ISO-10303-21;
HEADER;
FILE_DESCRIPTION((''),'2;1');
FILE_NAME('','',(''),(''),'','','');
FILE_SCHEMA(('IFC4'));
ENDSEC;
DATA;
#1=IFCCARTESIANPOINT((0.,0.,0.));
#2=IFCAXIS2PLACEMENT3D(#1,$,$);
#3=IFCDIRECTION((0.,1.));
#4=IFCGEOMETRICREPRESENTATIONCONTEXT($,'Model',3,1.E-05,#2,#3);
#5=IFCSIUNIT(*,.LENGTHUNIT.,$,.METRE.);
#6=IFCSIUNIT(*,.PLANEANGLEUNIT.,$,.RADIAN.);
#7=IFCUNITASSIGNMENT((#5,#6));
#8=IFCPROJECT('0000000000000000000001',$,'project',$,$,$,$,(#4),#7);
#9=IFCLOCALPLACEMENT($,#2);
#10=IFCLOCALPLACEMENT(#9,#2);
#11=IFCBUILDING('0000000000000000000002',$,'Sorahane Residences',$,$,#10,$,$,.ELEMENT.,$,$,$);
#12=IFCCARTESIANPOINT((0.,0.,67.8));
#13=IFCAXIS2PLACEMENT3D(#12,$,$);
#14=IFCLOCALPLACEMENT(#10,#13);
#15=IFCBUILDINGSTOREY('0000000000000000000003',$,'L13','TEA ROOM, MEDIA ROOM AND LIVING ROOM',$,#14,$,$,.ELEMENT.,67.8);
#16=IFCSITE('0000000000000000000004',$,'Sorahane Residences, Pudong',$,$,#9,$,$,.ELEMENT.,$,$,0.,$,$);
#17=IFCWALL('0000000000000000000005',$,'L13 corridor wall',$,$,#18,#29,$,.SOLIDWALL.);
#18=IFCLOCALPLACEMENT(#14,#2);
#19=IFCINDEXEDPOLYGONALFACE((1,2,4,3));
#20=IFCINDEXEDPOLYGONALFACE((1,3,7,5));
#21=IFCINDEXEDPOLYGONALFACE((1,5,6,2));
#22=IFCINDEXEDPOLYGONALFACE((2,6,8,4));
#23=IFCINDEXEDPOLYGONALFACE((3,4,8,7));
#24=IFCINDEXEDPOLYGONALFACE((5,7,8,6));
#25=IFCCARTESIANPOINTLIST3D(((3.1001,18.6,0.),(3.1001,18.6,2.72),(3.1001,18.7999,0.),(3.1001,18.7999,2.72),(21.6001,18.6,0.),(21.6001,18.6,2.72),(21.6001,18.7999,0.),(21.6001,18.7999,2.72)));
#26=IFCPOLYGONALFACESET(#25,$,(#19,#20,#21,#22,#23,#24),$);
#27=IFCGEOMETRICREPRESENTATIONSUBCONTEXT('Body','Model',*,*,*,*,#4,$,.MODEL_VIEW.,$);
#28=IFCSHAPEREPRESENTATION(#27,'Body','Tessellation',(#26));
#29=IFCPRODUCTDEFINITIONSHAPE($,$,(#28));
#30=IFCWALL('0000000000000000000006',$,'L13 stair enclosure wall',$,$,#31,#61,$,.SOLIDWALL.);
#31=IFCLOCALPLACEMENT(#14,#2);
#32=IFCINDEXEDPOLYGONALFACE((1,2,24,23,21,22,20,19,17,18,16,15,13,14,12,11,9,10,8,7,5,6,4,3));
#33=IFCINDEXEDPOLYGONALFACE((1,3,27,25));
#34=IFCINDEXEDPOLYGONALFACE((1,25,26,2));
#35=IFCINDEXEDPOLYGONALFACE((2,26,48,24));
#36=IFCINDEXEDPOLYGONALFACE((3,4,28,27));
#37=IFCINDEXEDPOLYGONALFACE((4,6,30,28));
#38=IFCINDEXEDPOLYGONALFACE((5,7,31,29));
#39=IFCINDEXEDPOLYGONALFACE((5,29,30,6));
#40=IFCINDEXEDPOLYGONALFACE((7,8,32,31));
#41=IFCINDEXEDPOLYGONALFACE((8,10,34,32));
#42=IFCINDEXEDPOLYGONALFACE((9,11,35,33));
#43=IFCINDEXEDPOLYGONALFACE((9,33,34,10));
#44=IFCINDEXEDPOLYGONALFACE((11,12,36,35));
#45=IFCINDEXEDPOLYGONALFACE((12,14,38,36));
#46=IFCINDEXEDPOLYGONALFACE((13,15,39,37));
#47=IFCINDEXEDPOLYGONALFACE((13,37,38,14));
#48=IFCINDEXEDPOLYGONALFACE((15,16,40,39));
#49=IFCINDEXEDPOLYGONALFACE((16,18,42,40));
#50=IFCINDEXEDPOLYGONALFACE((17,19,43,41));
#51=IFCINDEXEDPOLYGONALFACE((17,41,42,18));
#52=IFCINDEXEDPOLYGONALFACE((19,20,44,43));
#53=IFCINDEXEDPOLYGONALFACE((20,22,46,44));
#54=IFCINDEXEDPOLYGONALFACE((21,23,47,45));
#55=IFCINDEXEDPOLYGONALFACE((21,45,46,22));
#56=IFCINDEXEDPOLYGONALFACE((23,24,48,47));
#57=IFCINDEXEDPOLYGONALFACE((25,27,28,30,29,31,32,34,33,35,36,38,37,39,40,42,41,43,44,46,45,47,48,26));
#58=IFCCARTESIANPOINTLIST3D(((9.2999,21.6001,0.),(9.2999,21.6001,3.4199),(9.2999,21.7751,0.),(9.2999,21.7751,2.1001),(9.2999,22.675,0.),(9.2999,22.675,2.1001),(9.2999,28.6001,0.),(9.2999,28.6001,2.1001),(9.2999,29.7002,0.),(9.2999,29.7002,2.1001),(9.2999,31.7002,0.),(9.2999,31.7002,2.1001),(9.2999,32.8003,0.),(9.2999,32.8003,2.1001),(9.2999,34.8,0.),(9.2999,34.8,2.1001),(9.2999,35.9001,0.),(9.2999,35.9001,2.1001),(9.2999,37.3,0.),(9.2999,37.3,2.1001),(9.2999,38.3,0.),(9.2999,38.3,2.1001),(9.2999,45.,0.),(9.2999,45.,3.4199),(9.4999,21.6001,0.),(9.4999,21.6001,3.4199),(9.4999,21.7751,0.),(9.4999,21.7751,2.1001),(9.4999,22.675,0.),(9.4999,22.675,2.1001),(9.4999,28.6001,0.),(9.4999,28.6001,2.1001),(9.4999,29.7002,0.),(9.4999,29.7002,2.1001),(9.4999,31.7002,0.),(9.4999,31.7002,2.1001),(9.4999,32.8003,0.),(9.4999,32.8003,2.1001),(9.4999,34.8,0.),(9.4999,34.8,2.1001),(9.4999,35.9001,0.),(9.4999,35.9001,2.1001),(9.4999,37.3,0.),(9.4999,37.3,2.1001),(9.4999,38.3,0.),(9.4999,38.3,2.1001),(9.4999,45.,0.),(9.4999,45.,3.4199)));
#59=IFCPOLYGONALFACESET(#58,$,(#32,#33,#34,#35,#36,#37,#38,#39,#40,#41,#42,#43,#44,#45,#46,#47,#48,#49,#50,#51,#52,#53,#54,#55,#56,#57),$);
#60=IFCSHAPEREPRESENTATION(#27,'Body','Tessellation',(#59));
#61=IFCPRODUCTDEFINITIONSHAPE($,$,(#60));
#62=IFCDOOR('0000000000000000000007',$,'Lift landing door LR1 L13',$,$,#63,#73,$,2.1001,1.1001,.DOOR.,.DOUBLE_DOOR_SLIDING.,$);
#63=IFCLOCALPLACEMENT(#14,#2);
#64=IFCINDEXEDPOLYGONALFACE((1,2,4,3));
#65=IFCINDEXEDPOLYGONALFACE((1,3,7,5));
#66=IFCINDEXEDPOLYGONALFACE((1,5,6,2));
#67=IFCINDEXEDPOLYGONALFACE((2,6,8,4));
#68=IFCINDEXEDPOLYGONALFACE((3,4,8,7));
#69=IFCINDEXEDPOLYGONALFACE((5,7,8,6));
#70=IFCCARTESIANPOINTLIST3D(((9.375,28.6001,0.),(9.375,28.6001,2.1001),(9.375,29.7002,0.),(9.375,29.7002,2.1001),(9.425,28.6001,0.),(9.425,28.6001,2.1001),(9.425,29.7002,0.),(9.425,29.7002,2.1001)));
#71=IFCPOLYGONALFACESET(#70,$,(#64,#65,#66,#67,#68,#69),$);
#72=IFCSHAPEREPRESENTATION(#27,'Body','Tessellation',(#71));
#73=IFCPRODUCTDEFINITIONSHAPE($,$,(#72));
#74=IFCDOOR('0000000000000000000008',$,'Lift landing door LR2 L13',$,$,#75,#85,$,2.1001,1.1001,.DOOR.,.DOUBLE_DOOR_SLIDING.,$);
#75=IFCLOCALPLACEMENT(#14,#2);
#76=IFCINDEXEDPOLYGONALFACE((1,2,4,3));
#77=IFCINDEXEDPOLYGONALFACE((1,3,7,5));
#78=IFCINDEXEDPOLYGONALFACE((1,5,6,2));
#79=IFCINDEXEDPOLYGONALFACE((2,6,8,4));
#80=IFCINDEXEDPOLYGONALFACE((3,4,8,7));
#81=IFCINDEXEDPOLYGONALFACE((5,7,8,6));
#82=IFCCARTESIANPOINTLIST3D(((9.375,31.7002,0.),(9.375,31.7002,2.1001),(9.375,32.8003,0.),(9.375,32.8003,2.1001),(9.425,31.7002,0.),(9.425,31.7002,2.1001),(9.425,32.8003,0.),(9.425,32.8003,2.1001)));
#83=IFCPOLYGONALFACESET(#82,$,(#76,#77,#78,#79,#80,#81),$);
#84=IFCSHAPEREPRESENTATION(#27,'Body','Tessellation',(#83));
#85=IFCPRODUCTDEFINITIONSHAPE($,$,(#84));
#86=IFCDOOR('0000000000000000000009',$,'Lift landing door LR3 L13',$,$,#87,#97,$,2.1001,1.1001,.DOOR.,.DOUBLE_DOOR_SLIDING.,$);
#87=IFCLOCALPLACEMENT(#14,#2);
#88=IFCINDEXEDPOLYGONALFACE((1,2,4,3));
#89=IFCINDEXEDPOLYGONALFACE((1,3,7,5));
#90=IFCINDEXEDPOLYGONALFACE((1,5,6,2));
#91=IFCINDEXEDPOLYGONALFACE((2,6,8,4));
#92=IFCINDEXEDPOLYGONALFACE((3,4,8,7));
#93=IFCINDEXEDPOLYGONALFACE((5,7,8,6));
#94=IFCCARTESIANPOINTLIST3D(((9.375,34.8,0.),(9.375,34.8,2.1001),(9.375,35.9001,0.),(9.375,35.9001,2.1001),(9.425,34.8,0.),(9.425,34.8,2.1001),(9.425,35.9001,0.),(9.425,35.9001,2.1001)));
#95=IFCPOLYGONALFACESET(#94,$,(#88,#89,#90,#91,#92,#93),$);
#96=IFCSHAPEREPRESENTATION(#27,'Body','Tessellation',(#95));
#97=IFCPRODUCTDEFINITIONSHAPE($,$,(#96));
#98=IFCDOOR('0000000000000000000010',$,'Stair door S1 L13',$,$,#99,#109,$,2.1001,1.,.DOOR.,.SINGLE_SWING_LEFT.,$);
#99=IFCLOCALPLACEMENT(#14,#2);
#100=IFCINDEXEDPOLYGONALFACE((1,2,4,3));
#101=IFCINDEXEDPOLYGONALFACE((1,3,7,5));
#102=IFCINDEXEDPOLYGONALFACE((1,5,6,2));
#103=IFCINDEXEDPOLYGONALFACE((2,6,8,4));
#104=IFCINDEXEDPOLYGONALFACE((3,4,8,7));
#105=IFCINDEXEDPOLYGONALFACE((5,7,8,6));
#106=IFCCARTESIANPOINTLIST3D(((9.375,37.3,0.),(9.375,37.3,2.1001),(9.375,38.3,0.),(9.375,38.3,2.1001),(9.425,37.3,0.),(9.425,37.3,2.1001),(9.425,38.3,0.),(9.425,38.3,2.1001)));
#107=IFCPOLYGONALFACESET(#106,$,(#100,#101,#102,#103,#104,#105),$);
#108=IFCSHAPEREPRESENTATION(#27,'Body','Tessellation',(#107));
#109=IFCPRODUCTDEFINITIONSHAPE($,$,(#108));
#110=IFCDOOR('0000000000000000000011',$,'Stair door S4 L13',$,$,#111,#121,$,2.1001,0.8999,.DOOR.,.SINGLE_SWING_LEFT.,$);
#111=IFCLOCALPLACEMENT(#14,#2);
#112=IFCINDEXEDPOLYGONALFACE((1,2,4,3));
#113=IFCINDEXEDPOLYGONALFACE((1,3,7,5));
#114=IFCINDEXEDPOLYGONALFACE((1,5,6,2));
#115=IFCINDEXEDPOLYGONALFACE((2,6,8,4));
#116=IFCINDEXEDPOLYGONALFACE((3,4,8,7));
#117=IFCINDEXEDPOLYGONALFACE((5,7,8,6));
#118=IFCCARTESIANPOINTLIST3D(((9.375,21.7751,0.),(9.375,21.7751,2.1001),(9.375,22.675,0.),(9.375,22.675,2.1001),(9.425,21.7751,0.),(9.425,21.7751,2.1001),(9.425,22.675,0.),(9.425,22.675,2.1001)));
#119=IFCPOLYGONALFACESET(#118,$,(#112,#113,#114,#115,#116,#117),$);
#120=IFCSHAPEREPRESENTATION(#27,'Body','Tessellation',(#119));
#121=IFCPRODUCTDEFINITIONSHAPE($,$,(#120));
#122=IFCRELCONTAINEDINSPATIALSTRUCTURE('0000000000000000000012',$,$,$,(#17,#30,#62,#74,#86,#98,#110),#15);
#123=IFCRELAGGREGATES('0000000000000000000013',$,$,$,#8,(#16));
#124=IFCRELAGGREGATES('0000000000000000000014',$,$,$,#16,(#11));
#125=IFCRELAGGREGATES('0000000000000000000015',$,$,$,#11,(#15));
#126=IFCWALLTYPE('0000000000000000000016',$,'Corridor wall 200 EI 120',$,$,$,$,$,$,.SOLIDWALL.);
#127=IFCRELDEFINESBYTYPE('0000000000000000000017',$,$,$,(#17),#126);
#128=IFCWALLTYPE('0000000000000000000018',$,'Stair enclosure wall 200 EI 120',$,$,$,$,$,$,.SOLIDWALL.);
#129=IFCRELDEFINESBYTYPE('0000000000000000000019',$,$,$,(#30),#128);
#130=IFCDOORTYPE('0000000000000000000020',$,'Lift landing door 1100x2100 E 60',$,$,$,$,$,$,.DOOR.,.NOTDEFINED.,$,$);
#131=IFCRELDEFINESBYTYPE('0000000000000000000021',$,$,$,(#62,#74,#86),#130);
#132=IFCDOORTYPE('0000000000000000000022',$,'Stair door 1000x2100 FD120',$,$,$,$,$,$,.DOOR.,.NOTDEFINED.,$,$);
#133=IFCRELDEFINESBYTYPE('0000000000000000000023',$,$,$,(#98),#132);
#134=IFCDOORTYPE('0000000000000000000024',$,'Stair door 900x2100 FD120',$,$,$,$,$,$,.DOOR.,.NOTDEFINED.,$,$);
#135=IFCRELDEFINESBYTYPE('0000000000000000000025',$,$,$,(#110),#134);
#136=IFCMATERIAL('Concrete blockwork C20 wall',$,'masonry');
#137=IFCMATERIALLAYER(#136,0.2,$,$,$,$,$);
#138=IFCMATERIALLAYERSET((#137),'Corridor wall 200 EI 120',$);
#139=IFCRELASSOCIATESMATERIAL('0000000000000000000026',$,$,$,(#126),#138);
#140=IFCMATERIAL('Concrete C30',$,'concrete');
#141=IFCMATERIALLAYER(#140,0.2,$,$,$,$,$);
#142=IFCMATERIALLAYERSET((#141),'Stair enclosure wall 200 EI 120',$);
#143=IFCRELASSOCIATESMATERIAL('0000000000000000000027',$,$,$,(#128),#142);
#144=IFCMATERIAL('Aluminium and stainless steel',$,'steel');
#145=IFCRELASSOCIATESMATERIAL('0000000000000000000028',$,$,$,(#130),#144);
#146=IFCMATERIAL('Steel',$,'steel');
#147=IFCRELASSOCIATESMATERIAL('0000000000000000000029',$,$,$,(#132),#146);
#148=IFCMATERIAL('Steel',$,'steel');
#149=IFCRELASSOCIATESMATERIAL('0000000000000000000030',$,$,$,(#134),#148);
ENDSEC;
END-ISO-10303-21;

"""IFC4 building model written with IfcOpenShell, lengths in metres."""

from ifc_helpers import new_model, si_unit, direction, frame, frame_2d, origin, place, context, subcontext, project, spatial, rectangle, extrude, material, layer, layer_set, type_object, element, fill, save


model = new_model("IFC4")

# Units and contexts
model_context = context("Model", 3, precision=1e-05, world=origin(), true_north=direction((0.0, 1.0)))
body_context = subcontext(model_context, "Body", "Model", "MODEL_VIEW")
ifc_project = project(units=[si_unit("LENGTHUNIT", "METRE"), si_unit("PLANEANGLEUNIT", "RADIAN")], contexts=[model_context])

# Site, building, storey
site_placement = place(None, origin())
site = spatial("IfcSite", under=ifc_project, at=site_placement, Name="Sorahane Residences, Pudong", CompositionType="ELEMENT", RefElevation=0.0)
building_placement = place(site_placement, origin())
building = spatial("IfcBuilding", under=site, at=building_placement, Name="Sorahane Residences", CompositionType="ELEMENT")
storey_placement = place(building_placement, frame((0.0, 0.0, 67.8)))
storey = spatial("IfcBuildingStorey", under=building, at=storey_placement, Name="L13", Description="TEA ROOM, MEDIA ROOM AND LIVING ROOM", CompositionType="ELEMENT", Elevation=67.8)

# Wall
ifc_material_1 = material(Name="Concrete blockwork C20 wall", Category="masonry")
ifc_layer_1 = layer(ifc_material_1, 0.2)
ifc_layer_set_1 = layer_set([ifc_layer_1], Name="Corridor wall 200 EI 120")
wall_type_1 = type_object("IfcWallType", Name="Corridor wall 200 EI 120", PredefinedType="SOLIDWALL", material=ifc_layer_set_1)
wall_1_placement = place(storey_placement, frame((3.1001, 18.7, 0.0), z_axis=(0.0, 0.0, 1.0), x_axis=(1.0, 0.0, 0.0)))
element("IfcWall", 1, at=wall_1_placement, inside=storey, type_object=wall_type_1, Name="L13 corridor wall", PredefinedType="SOLIDWALL", context=body_context, shape_type="SweptSolid", body=[
    extrude(rectangle(XDim=18.5, YDim=0.2, at=frame_2d((9.25, 0.0))), origin(), (0.0, 0.0, 1.0), 2.72),
])

# Wall, openings, doors
ifc_material_2 = material(Name="Concrete C30", Category="concrete")
ifc_layer_2 = layer(ifc_material_2, 0.2)
ifc_layer_set_2 = layer_set([ifc_layer_2], Name="Stair enclosure wall 200 EI 120")
wall_type_2 = type_object("IfcWallType", Name="Stair enclosure wall 200 EI 120", PredefinedType="SOLIDWALL", material=ifc_layer_set_2)
wall_2_placement = place(storey_placement, frame((9.3999, 21.6001, 0.0), z_axis=(0.0, 0.0, 1.0), x_axis=(0.0, 1.0, 0.0)))
wall_2 = element("IfcWall", 2, at=wall_2_placement, inside=storey, type_object=wall_type_2, Name="L13 stair enclosure wall", PredefinedType="SOLIDWALL", context=body_context, shape_type="SweptSolid", body=[
    extrude(rectangle(XDim=23.3999, YDim=0.2, at=frame_2d((11.7, 0.0))), origin(), (0.0, 0.0, 1.0), 3.4199),
])
opening_1_placement = place(wall_2_placement, frame((7.0, 0.0, 0.0)))
opening_1 = element("IfcOpeningElement", 3, at=opening_1_placement, cuts=wall_2, PredefinedType="OPENING", context=body_context, shape_type="SweptSolid", body=[
    extrude(rectangle(XDim=1.1001, YDim=2.1001, at=frame_2d((0.55, 1.05))), frame((0.0, 0.1099, 0.0), z_axis=(0.0, -1.0, 0.0), x_axis=(1.0, 0.0, 0.0)), (0.0, 0.0, 1.0), 0.22),
])
opening_2_placement = place(wall_2_placement, frame((10.1001, 0.0, 0.0)))
opening_2 = element("IfcOpeningElement", 4, at=opening_2_placement, cuts=wall_2, PredefinedType="OPENING", context=body_context, shape_type="SweptSolid", body=[
    extrude(rectangle(XDim=1.1001, YDim=2.1001, at=frame_2d((0.55, 1.05))), frame((0.0, 0.1099, 0.0), z_axis=(0.0, -1.0, 0.0), x_axis=(1.0, 0.0, 0.0)), (0.0, 0.0, 1.0), 0.22),
])
opening_3_placement = place(wall_2_placement, frame((13.2, 0.0, 0.0)))
opening_3 = element("IfcOpeningElement", 5, at=opening_3_placement, cuts=wall_2, PredefinedType="OPENING", context=body_context, shape_type="SweptSolid", body=[
    extrude(rectangle(XDim=1.1001, YDim=2.1001, at=frame_2d((0.55, 1.05))), frame((0.0, 0.1099, 0.0), z_axis=(0.0, -1.0, 0.0), x_axis=(1.0, 0.0, 0.0)), (0.0, 0.0, 1.0), 0.22),
])
opening_4_placement = place(wall_2_placement, frame((15.7, 0.0, 0.0)))
opening_4 = element("IfcOpeningElement", 6, at=opening_4_placement, cuts=wall_2, PredefinedType="OPENING", context=body_context, shape_type="SweptSolid", body=[
    extrude(rectangle(XDim=1.0, YDim=2.1001, at=frame_2d((0.5, 1.05))), frame((0.0, 0.1099, 0.0), z_axis=(0.0, -1.0, 0.0), x_axis=(1.0, 0.0, 0.0)), (0.0, 0.0, 1.0), 0.22),
])
opening_5_placement = place(wall_2_placement, frame((0.175, 0.0, 0.0)))
opening_5 = element("IfcOpeningElement", 7, at=opening_5_placement, cuts=wall_2, PredefinedType="OPENING", context=body_context, shape_type="SweptSolid", body=[
    extrude(rectangle(XDim=0.8999, YDim=2.1001, at=frame_2d((0.45, 1.05))), frame((0.0, 0.1099, 0.0), z_axis=(0.0, -1.0, 0.0), x_axis=(1.0, 0.0, 0.0)), (0.0, 0.0, 1.0), 0.22),
])
ifc_material_3 = material(Name="Aluminium and stainless steel", Category="steel")
door_type_1 = type_object("IfcDoorType", Name="Lift landing door 1100x2100 E 60", OperationType="NOTDEFINED", PredefinedType="DOOR", material=ifc_material_3)
door_1_placement = place(opening_1_placement, origin())
door_1 = element("IfcDoor", 8, at=door_1_placement, inside=storey, type_object=door_type_1, Name="Lift landing door LR1 L13", OperationType="DOUBLE_DOOR_SLIDING", OverallHeight=2.1001, OverallWidth=1.1001, PredefinedType="DOOR", context=body_context, shape_type="SweptSolid", body=[
    extrude(rectangle(XDim=1.1001, YDim=2.1001, at=frame_2d((0.55, 1.05))), frame((0.0, 0.0249, 0.0), z_axis=(0.0, -1.0, 0.0), x_axis=(1.0, 0.0, 0.0)), (0.0, 0.0, 1.0), 0.05),
])
fill(opening_1, door_1)
door_2_placement = place(opening_2_placement, origin())
door_2 = element("IfcDoor", 9, at=door_2_placement, inside=storey, type_object=door_type_1, Name="Lift landing door LR2 L13", OperationType="DOUBLE_DOOR_SLIDING", OverallHeight=2.1001, OverallWidth=1.1001, PredefinedType="DOOR", context=body_context, shape_type="SweptSolid", body=[
    extrude(rectangle(XDim=1.1001, YDim=2.1001, at=frame_2d((0.55, 1.05))), frame((0.0, 0.0249, 0.0), z_axis=(0.0, -1.0, 0.0), x_axis=(1.0, 0.0, 0.0)), (0.0, 0.0, 1.0), 0.05),
])
fill(opening_2, door_2)
door_3_placement = place(opening_3_placement, origin())
door_3 = element("IfcDoor", 10, at=door_3_placement, inside=storey, type_object=door_type_1, Name="Lift landing door LR3 L13", OperationType="DOUBLE_DOOR_SLIDING", OverallHeight=2.1001, OverallWidth=1.1001, PredefinedType="DOOR", context=body_context, shape_type="SweptSolid", body=[
    extrude(rectangle(XDim=1.1001, YDim=2.1001, at=frame_2d((0.55, 1.05))), frame((0.0, 0.0249, 0.0), z_axis=(0.0, -1.0, 0.0), x_axis=(1.0, 0.0, 0.0)), (0.0, 0.0, 1.0), 0.05),
])
fill(opening_3, door_3)
ifc_material_4 = material(Name="Steel", Category="steel")
door_type_2 = type_object("IfcDoorType", Name="Stair door 1000x2100 FD120", OperationType="NOTDEFINED", PredefinedType="DOOR", material=ifc_material_4)
door_4_placement = place(opening_4_placement, origin())
door_4 = element("IfcDoor", 11, at=door_4_placement, inside=storey, type_object=door_type_2, Name="Stair door S1 L13", OperationType="SINGLE_SWING_LEFT", OverallHeight=2.1001, OverallWidth=1.0, PredefinedType="DOOR", context=body_context, shape_type="SweptSolid", body=[
    extrude(rectangle(XDim=1.0, YDim=2.1001, at=frame_2d((0.5, 1.05))), frame((0.0, 0.0249, 0.0), z_axis=(0.0, -1.0, 0.0), x_axis=(1.0, 0.0, 0.0)), (0.0, 0.0, 1.0), 0.05),
])
fill(opening_4, door_4)
ifc_material_5 = material(Name="Steel", Category="steel")
door_type_3 = type_object("IfcDoorType", Name="Stair door 900x2100 FD120", OperationType="NOTDEFINED", PredefinedType="DOOR", material=ifc_material_5)
door_5_placement = place(opening_5_placement, origin())
door_5 = element("IfcDoor", 12, at=door_5_placement, inside=storey, type_object=door_type_3, Name="Stair door S4 L13", OperationType="SINGLE_SWING_LEFT", OverallHeight=2.1001, OverallWidth=0.8999, PredefinedType="DOOR", context=body_context, shape_type="SweptSolid", body=[
    extrude(rectangle(XDim=0.8999, YDim=2.1001, at=frame_2d((0.45, 1.05))), frame((0.0, 0.0249, 0.0), z_axis=(0.0, -1.0, 0.0), x_axis=(1.0, 0.0, 0.0)), (0.0, 0.0, 1.0), 0.05),
])
fill(opening_5, door_5)

save(model, "model.ifc")
